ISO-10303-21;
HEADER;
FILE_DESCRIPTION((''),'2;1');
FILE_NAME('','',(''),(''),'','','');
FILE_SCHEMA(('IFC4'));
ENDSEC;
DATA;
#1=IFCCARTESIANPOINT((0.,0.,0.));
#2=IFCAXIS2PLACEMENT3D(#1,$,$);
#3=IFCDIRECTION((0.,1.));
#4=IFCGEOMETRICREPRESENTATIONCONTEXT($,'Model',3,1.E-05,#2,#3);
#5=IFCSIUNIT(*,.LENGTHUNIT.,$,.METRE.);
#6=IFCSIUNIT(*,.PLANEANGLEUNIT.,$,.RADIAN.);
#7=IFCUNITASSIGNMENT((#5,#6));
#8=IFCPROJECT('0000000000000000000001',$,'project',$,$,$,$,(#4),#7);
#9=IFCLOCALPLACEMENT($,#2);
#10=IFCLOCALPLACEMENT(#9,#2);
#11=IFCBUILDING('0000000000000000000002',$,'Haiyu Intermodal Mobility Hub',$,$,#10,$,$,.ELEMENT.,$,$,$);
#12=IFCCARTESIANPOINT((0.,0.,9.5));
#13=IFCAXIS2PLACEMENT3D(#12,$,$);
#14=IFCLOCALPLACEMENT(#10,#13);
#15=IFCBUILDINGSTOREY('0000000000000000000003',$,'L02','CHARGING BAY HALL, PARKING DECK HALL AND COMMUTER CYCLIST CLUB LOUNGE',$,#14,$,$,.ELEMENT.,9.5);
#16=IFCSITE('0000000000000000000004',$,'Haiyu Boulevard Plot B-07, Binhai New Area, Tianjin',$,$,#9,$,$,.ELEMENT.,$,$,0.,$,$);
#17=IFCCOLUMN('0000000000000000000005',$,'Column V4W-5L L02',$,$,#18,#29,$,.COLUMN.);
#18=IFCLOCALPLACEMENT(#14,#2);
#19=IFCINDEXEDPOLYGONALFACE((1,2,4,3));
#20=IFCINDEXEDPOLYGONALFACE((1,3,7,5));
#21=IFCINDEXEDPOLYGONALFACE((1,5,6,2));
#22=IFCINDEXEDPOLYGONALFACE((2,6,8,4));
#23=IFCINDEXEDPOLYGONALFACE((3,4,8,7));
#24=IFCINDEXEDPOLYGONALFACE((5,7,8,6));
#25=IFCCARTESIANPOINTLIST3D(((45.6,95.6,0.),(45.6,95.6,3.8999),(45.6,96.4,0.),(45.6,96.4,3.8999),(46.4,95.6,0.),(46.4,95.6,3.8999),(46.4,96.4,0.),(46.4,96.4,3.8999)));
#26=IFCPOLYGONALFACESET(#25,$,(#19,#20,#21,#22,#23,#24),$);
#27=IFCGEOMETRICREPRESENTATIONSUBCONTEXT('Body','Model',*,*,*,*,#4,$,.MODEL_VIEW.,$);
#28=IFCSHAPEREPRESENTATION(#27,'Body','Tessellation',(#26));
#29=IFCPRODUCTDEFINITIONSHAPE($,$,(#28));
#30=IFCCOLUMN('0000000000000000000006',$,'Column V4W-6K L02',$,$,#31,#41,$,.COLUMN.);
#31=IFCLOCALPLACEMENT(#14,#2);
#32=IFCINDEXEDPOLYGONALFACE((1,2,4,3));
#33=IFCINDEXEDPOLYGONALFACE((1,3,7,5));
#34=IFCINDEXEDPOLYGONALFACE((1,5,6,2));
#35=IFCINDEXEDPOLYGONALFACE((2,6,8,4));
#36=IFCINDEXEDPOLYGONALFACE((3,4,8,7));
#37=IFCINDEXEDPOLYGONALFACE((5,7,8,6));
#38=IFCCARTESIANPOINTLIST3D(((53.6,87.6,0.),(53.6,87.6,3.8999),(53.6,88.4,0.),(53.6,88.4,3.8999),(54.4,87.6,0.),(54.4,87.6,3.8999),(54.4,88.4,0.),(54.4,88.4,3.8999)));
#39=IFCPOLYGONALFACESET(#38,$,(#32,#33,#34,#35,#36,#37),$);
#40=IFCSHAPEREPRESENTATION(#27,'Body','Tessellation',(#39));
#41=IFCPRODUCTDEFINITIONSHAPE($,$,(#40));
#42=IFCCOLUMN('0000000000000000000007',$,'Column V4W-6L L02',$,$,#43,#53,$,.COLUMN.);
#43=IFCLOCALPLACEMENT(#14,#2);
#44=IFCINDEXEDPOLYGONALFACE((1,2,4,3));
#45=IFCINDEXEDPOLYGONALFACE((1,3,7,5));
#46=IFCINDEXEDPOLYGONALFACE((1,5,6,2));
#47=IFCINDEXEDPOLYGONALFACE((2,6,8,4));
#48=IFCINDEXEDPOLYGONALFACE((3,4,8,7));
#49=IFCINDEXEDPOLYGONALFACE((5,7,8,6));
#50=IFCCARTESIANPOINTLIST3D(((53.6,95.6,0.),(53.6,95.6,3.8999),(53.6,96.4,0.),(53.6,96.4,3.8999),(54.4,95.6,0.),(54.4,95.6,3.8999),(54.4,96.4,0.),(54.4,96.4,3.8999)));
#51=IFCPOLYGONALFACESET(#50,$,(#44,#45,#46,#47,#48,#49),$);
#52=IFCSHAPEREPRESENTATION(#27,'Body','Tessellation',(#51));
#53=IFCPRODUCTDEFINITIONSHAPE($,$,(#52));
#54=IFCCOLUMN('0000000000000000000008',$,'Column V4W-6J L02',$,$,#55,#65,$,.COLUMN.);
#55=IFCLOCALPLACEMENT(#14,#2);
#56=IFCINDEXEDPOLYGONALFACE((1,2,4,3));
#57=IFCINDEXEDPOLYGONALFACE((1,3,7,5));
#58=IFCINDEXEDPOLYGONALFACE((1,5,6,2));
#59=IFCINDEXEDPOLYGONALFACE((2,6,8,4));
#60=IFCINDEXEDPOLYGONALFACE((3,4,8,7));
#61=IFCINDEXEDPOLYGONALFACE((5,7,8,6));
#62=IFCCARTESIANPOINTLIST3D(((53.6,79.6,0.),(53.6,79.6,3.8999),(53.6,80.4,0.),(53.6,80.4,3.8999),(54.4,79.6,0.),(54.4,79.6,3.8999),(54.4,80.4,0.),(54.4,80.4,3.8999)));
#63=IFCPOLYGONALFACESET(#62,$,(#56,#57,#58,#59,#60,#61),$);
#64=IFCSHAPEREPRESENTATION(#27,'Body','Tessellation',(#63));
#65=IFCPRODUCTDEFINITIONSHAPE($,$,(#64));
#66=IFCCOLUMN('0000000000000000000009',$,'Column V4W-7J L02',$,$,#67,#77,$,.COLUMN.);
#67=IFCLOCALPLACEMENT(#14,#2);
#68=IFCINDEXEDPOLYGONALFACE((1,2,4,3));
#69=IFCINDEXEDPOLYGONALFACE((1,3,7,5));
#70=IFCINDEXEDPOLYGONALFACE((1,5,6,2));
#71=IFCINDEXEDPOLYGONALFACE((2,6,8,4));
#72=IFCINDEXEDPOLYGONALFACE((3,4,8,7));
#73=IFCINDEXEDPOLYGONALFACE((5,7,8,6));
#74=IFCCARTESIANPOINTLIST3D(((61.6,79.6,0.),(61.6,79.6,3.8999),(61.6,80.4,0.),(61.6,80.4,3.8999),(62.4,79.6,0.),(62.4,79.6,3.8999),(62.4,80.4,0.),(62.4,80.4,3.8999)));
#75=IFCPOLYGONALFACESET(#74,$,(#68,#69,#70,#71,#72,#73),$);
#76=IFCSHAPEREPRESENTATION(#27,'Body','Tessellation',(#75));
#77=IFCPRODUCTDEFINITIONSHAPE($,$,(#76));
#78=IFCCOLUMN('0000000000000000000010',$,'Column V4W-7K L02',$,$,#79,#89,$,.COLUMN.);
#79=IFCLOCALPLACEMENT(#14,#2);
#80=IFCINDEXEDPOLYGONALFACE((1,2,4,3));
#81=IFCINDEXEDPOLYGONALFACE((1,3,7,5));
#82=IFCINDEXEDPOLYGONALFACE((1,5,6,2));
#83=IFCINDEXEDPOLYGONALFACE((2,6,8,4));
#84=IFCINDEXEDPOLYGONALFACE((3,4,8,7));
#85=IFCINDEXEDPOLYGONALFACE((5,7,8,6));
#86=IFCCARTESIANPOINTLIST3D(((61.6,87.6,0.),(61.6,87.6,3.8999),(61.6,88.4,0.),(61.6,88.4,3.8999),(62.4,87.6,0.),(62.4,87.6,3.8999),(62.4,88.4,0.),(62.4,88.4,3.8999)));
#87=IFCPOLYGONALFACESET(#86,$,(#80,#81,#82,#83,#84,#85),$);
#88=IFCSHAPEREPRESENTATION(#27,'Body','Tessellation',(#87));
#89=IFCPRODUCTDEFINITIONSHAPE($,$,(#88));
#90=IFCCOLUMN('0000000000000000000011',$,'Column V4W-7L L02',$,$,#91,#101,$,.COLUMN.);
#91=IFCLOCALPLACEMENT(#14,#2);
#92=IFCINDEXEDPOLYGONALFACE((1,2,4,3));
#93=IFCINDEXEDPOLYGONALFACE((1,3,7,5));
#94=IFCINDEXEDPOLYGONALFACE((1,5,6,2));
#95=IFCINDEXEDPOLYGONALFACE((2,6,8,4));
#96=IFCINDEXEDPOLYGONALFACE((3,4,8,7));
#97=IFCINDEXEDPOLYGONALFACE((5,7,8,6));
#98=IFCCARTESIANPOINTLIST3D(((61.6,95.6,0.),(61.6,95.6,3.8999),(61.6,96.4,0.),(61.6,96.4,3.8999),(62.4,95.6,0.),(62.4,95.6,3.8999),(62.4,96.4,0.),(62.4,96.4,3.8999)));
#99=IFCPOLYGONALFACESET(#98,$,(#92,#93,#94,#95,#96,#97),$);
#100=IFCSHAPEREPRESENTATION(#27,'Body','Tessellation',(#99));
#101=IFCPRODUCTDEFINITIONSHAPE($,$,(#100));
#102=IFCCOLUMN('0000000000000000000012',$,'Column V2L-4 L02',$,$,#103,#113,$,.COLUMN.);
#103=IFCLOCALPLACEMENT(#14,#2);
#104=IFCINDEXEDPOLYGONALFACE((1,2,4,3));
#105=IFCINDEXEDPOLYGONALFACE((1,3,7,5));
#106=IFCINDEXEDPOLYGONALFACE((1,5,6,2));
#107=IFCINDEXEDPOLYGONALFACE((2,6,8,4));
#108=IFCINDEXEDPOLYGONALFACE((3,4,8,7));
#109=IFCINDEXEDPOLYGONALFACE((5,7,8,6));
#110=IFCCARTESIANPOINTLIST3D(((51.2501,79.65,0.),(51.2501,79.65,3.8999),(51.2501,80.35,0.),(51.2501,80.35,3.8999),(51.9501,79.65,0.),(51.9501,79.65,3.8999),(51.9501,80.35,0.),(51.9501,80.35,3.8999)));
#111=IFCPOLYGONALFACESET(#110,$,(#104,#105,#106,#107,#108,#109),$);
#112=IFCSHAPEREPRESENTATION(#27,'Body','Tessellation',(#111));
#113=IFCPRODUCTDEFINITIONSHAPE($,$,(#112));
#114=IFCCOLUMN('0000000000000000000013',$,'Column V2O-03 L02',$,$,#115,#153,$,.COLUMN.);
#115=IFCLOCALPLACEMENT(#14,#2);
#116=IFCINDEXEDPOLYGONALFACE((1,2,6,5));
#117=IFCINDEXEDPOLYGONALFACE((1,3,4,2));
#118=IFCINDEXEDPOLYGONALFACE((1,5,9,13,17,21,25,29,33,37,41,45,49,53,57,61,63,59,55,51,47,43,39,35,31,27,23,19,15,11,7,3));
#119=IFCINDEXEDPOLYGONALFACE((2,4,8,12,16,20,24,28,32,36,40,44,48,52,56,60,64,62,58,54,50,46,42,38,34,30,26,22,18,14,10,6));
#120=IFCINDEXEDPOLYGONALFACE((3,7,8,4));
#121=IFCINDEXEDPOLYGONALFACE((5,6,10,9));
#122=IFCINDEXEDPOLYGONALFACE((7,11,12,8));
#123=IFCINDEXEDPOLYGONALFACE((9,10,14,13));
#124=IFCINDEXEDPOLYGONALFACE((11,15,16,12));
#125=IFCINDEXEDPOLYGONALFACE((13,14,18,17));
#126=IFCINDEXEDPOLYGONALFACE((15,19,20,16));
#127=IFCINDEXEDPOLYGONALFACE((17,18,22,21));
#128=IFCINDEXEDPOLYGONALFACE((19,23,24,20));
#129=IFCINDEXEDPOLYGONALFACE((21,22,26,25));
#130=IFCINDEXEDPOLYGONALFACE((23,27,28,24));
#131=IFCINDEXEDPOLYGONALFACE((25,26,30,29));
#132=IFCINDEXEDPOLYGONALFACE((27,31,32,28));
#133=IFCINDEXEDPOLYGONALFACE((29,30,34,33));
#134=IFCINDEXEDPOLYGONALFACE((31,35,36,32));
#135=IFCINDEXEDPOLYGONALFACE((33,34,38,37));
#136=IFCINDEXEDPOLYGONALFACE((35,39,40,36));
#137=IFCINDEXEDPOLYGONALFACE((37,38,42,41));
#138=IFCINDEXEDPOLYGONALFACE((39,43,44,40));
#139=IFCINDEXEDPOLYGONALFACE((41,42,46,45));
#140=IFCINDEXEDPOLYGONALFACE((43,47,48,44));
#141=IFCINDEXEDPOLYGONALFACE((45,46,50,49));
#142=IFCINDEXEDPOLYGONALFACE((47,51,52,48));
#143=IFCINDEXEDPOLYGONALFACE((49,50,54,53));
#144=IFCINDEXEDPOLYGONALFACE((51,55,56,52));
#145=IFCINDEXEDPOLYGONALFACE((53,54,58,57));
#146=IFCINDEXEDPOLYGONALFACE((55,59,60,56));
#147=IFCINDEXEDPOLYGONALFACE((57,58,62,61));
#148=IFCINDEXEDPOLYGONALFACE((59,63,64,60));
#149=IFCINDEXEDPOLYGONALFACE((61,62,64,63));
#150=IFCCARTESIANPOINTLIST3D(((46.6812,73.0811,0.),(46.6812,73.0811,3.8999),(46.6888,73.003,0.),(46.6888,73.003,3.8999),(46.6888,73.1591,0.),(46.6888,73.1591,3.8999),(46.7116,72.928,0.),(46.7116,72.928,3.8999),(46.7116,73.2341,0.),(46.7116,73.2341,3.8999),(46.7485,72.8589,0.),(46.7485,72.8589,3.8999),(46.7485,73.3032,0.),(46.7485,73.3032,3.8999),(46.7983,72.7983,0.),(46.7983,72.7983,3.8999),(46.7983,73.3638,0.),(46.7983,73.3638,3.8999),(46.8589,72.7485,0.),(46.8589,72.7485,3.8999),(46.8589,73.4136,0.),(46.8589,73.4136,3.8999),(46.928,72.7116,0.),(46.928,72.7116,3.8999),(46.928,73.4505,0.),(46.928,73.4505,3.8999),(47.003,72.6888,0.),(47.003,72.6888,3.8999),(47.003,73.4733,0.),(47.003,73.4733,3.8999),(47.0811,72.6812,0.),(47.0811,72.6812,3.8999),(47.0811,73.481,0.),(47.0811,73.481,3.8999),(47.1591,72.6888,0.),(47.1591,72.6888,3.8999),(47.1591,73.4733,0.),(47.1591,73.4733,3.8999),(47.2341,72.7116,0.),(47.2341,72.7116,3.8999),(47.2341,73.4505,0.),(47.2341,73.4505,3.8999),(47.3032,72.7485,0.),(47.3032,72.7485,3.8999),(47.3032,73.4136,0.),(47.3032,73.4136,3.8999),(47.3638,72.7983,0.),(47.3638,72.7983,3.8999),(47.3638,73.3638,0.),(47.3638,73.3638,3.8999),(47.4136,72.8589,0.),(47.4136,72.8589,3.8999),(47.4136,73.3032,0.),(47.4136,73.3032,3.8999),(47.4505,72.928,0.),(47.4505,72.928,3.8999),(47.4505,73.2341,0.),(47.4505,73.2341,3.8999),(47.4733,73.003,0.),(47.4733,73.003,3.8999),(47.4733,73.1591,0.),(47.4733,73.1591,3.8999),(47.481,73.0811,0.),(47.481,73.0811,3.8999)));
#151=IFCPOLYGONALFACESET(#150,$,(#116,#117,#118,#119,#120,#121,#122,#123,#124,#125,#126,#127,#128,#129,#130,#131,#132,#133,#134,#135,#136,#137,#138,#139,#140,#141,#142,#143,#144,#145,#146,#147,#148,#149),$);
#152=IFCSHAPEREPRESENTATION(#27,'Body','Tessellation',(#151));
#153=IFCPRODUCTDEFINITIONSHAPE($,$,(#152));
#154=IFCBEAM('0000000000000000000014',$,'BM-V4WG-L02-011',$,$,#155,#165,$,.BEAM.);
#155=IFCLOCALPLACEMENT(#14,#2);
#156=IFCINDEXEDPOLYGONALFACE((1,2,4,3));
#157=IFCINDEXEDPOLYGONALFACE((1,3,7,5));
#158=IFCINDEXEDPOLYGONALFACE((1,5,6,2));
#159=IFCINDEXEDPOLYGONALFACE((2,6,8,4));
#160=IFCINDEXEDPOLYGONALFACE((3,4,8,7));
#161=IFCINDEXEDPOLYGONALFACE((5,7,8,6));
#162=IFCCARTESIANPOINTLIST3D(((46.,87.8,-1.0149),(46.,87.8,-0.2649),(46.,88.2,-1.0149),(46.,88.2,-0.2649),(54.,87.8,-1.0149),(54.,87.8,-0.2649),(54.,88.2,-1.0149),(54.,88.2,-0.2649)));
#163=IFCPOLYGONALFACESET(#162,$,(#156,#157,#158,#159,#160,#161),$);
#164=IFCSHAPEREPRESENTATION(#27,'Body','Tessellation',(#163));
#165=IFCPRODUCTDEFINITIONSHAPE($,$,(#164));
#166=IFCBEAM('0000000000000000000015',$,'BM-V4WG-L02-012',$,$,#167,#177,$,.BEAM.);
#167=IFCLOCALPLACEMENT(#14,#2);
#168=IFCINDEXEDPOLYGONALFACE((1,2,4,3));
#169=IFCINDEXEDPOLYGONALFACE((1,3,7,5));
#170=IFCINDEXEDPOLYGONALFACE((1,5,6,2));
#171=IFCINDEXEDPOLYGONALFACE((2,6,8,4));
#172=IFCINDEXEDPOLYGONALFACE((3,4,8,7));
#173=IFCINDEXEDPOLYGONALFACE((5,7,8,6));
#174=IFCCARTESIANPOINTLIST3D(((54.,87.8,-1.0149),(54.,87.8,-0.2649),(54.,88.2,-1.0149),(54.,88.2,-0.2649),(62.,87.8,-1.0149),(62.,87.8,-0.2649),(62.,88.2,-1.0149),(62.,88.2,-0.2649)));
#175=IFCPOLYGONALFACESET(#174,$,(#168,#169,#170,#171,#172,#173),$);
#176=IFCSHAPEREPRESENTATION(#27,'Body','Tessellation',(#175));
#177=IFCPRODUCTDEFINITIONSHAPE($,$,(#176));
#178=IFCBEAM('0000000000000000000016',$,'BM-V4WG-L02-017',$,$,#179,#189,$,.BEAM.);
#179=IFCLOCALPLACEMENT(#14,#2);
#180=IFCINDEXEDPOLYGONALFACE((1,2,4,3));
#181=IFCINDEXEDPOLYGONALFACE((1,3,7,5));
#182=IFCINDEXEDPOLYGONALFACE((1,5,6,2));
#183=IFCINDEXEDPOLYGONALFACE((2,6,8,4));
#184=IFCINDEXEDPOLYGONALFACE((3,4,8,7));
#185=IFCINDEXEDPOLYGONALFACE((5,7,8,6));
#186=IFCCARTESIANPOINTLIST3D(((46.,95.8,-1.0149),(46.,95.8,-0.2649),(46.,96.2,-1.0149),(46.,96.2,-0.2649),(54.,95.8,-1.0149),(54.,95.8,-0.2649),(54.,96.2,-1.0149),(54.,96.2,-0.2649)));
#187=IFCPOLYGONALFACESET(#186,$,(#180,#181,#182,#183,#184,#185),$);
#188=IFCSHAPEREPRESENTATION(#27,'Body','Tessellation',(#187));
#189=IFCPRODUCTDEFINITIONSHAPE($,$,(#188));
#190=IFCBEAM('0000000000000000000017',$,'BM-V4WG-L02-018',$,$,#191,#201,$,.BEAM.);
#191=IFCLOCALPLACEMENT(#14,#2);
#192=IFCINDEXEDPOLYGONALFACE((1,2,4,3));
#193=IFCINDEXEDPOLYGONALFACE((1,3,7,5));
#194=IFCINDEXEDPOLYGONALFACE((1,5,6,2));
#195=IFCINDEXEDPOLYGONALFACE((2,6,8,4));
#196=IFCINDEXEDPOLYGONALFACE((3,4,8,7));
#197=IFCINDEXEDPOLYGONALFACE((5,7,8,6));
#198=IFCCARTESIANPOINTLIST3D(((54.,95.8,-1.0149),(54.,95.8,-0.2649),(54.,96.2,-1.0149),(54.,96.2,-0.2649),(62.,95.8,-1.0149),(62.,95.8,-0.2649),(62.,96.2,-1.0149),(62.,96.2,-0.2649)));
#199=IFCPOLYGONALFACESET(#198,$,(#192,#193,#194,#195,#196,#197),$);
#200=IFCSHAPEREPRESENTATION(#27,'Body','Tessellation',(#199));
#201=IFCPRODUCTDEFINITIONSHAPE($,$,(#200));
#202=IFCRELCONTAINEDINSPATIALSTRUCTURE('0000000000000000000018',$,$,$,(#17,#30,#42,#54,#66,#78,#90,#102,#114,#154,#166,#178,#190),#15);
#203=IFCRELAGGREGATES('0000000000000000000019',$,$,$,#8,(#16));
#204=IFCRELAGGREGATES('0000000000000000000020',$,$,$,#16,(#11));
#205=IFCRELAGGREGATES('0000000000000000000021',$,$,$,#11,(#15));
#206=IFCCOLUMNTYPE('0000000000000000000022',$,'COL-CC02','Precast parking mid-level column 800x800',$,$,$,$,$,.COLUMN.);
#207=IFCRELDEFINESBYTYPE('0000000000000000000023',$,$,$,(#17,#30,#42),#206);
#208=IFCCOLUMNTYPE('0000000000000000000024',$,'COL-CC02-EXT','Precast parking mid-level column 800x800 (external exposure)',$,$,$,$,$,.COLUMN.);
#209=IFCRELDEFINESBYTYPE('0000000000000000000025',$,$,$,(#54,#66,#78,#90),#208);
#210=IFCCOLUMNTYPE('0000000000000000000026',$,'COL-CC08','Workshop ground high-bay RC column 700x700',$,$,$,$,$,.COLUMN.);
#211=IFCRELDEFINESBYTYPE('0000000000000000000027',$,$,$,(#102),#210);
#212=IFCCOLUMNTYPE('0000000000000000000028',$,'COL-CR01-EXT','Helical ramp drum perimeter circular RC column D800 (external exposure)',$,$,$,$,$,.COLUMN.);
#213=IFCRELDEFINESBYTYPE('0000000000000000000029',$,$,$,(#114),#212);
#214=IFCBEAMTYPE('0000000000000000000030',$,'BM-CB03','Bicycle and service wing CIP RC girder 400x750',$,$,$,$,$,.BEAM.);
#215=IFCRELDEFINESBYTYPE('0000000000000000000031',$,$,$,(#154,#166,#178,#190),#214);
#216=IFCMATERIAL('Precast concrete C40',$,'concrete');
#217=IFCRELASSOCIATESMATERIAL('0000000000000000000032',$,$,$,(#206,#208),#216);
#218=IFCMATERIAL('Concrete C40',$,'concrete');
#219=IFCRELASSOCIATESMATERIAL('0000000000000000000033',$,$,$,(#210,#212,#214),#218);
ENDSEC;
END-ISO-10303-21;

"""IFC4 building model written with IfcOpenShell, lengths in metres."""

from ifc_helpers import new_model, si_unit, direction, frame, origin, origin_2d, place, context, subcontext, project, spatial, rectangle, circle, extrude, material, material_profile, profile_set, type_object, element, save


model = new_model("IFC4")

# Units and contexts
model_context = context("Model", 3, precision=1e-05, world=origin(), true_north=direction((0.0, 1.0)))
body_context = subcontext(model_context, "Body", "Model", "MODEL_VIEW")
ifc_project = project(units=[si_unit("LENGTHUNIT", "METRE"), si_unit("PLANEANGLEUNIT", "RADIAN")], contexts=[model_context])

# Site, building, storey
site_placement = place(None, origin())
site = spatial("IfcSite", under=ifc_project, at=site_placement, Name="Haiyu Boulevard Plot B-07, Binhai New Area, Tianjin", CompositionType="ELEMENT", RefElevation=0.0)
building_placement = place(site_placement, origin())
building = spatial("IfcBuilding", under=site, at=building_placement, Name="Haiyu Intermodal Mobility Hub", CompositionType="ELEMENT")
storey_placement = place(building_placement, frame((0.0, 0.0, 9.5)))
storey = spatial("IfcBuildingStorey", under=building, at=storey_placement, Name="L02", Description="CHARGING BAY HALL, PARKING DECK HALL AND COMMUTER CYCLIST CLUB LOUNGE", CompositionType="ELEMENT", Elevation=9.5)

# Columns
ifc_material_1 = material(Name="Precast concrete C40", Category="concrete")
ifc_material_profile_1 = material_profile(ifc_material_1, rectangle(XDim=0.8, YDim=0.8, at=origin_2d()), Name="RC800x800")
ifc_profile_set_1 = profile_set([ifc_material_profile_1], Name="Precast concrete C40")
column_type_1 = type_object("IfcColumnType", Name="COL-CC02", Description="Precast parking mid-level column 800x800", PredefinedType="COLUMN", material=ifc_profile_set_1)
for number, where, z_axis, x_axis, name in (
    (1, (46.0, 96.0, 0.0), (0.0, 0.0, 1.0), (1.0, 0.0, 0.0), "Column V4W-5L L02"),
    (2, (54.0, 88.0, 0.0), (0.0, 0.0, 1.0), (1.0, 0.0, 0.0), "Column V4W-6K L02"),
    (3, (54.0, 96.0, 0.0), (0.0, 0.0, 1.0), (1.0, 0.0, 0.0), "Column V4W-6L L02"),
):
    element("IfcColumn", number, at=place(storey_placement, frame(where, z_axis=z_axis, x_axis=x_axis)), inside=storey, type_object=column_type_1, Name=name, PredefinedType="COLUMN", context=body_context, shape_type="SweptSolid", body=[
        extrude(rectangle(XDim=0.8, YDim=0.8, at=origin_2d()), origin(), (0.0, 0.0, 1.0), 3.8999),
    ])
ifc_material_profile_2 = material_profile(ifc_material_1, rectangle(XDim=0.8, YDim=0.8, at=origin_2d()), Name="RC800x800")
ifc_profile_set_2 = profile_set([ifc_material_profile_2], Name="Precast concrete C40")
column_type_2 = type_object("IfcColumnType", Name="COL-CC02-EXT", Description="Precast parking mid-level column 800x800 (external exposure)", PredefinedType="COLUMN", material=ifc_profile_set_2)
for number, where, z_axis, x_axis, name in (
    (4, (54.0, 80.0, 0.0), (0.0, 0.0, 1.0), (1.0, 0.0, 0.0), "Column V4W-6J L02"),
    (5, (62.0, 80.0, 0.0), (0.0, 0.0, 1.0), (1.0, 0.0, 0.0), "Column V4W-7J L02"),
    (6, (62.0, 88.0, 0.0), (0.0, 0.0, 1.0), (1.0, 0.0, 0.0), "Column V4W-7K L02"),
    (7, (62.0, 96.0, 0.0), (0.0, 0.0, 1.0), (1.0, 0.0, 0.0), "Column V4W-7L L02"),
):
    element("IfcColumn", number, at=place(storey_placement, frame(where, z_axis=z_axis, x_axis=x_axis)), inside=storey, type_object=column_type_2, Name=name, PredefinedType="COLUMN", context=body_context, shape_type="SweptSolid", body=[
        extrude(rectangle(XDim=0.8, YDim=0.8, at=origin_2d()), origin(), (0.0, 0.0, 1.0), 3.8999),
    ])
ifc_material_2 = material(Name="Concrete C40", Category="concrete")
ifc_material_profile_3 = material_profile(ifc_material_2, rectangle(XDim=0.7, YDim=0.7, at=origin_2d()), Name="RC700x700")
ifc_profile_set_3 = profile_set([ifc_material_profile_3], Name="Concrete C40")
column_type_3 = type_object("IfcColumnType", Name="COL-CC08", Description="Workshop ground high-bay RC column 700x700", PredefinedType="COLUMN", material=ifc_profile_set_3)
column_1_placement = place(storey_placement, frame((51.6001, 80.0, 0.0), z_axis=(0.0, 0.0, 1.0), x_axis=(1.0, 0.0, 0.0)))
element("IfcColumn", 8, at=column_1_placement, inside=storey, type_object=column_type_3, Name="Column V2L-4 L02", PredefinedType="COLUMN", context=body_context, shape_type="SweptSolid", body=[
    extrude(rectangle(XDim=0.7, YDim=0.7, at=origin_2d()), origin(), (0.0, 0.0, 1.0), 3.8999),
])
ifc_material_profile_4 = material_profile(ifc_material_2, circle(Radius=0.3999, at=origin_2d()), Name="RCCOL-D800")
ifc_profile_set_4 = profile_set([ifc_material_profile_4], Name="Concrete C40")
column_type_4 = type_object("IfcColumnType", Name="COL-CR01-EXT", Description="Helical ramp drum perimeter circular RC column D800 (external exposure)", PredefinedType="COLUMN", material=ifc_profile_set_4)
column_2_placement = place(storey_placement, frame((47.0811, 73.0811, 0.0), z_axis=(0.0, 0.0, 1.0), x_axis=(1.0, 0.0, 0.0)))
element("IfcColumn", 9, at=column_2_placement, inside=storey, type_object=column_type_4, Name="Column V2O-03 L02", PredefinedType="COLUMN", context=body_context, shape_type="SweptSolid", body=[
    extrude(circle(Radius=0.3999, at=origin_2d()), origin(), (0.0, 0.0, 1.0), 3.8999),
])

# Beams
ifc_material_profile_5 = material_profile(ifc_material_2, rectangle(XDim=0.3999, YDim=0.75, at=origin_2d()), Name="RCB400x750")
ifc_profile_set_5 = profile_set([ifc_material_profile_5], Name="Concrete C40")
beam_type_1 = type_object("IfcBeamType", Name="BM-CB03", Description="Bicycle and service wing CIP RC girder 400x750", PredefinedType="BEAM", material=ifc_profile_set_5)
for number, where, z_axis, x_axis, name in (
    (10, (46.0, 88.0, -0.6399), (1.0, 0.0, 0.0), (0.0, 1.0, 0.0), "BM-V4WG-L02-011"),
    (11, (54.0, 88.0, -0.6399), (1.0, 0.0, 0.0), (0.0, 1.0, 0.0), "BM-V4WG-L02-012"),
    (12, (46.0, 96.0, -0.6399), (1.0, 0.0, 0.0), (0.0, 1.0, 0.0), "BM-V4WG-L02-017"),
    (13, (54.0, 96.0, -0.6399), (1.0, 0.0, 0.0), (0.0, 1.0, 0.0), "BM-V4WG-L02-018"),
):
    element("IfcBeam", number, at=place(storey_placement, frame(where, z_axis=z_axis, x_axis=x_axis)), inside=storey, type_object=beam_type_1, Name=name, PredefinedType="BEAM", context=body_context, shape_type="SweptSolid", body=[
        extrude(rectangle(XDim=0.3999, YDim=0.75, at=origin_2d()), origin(), (0.0, 0.0, 1.0), 8.0),
    ])

save(model, "model.ifc")
